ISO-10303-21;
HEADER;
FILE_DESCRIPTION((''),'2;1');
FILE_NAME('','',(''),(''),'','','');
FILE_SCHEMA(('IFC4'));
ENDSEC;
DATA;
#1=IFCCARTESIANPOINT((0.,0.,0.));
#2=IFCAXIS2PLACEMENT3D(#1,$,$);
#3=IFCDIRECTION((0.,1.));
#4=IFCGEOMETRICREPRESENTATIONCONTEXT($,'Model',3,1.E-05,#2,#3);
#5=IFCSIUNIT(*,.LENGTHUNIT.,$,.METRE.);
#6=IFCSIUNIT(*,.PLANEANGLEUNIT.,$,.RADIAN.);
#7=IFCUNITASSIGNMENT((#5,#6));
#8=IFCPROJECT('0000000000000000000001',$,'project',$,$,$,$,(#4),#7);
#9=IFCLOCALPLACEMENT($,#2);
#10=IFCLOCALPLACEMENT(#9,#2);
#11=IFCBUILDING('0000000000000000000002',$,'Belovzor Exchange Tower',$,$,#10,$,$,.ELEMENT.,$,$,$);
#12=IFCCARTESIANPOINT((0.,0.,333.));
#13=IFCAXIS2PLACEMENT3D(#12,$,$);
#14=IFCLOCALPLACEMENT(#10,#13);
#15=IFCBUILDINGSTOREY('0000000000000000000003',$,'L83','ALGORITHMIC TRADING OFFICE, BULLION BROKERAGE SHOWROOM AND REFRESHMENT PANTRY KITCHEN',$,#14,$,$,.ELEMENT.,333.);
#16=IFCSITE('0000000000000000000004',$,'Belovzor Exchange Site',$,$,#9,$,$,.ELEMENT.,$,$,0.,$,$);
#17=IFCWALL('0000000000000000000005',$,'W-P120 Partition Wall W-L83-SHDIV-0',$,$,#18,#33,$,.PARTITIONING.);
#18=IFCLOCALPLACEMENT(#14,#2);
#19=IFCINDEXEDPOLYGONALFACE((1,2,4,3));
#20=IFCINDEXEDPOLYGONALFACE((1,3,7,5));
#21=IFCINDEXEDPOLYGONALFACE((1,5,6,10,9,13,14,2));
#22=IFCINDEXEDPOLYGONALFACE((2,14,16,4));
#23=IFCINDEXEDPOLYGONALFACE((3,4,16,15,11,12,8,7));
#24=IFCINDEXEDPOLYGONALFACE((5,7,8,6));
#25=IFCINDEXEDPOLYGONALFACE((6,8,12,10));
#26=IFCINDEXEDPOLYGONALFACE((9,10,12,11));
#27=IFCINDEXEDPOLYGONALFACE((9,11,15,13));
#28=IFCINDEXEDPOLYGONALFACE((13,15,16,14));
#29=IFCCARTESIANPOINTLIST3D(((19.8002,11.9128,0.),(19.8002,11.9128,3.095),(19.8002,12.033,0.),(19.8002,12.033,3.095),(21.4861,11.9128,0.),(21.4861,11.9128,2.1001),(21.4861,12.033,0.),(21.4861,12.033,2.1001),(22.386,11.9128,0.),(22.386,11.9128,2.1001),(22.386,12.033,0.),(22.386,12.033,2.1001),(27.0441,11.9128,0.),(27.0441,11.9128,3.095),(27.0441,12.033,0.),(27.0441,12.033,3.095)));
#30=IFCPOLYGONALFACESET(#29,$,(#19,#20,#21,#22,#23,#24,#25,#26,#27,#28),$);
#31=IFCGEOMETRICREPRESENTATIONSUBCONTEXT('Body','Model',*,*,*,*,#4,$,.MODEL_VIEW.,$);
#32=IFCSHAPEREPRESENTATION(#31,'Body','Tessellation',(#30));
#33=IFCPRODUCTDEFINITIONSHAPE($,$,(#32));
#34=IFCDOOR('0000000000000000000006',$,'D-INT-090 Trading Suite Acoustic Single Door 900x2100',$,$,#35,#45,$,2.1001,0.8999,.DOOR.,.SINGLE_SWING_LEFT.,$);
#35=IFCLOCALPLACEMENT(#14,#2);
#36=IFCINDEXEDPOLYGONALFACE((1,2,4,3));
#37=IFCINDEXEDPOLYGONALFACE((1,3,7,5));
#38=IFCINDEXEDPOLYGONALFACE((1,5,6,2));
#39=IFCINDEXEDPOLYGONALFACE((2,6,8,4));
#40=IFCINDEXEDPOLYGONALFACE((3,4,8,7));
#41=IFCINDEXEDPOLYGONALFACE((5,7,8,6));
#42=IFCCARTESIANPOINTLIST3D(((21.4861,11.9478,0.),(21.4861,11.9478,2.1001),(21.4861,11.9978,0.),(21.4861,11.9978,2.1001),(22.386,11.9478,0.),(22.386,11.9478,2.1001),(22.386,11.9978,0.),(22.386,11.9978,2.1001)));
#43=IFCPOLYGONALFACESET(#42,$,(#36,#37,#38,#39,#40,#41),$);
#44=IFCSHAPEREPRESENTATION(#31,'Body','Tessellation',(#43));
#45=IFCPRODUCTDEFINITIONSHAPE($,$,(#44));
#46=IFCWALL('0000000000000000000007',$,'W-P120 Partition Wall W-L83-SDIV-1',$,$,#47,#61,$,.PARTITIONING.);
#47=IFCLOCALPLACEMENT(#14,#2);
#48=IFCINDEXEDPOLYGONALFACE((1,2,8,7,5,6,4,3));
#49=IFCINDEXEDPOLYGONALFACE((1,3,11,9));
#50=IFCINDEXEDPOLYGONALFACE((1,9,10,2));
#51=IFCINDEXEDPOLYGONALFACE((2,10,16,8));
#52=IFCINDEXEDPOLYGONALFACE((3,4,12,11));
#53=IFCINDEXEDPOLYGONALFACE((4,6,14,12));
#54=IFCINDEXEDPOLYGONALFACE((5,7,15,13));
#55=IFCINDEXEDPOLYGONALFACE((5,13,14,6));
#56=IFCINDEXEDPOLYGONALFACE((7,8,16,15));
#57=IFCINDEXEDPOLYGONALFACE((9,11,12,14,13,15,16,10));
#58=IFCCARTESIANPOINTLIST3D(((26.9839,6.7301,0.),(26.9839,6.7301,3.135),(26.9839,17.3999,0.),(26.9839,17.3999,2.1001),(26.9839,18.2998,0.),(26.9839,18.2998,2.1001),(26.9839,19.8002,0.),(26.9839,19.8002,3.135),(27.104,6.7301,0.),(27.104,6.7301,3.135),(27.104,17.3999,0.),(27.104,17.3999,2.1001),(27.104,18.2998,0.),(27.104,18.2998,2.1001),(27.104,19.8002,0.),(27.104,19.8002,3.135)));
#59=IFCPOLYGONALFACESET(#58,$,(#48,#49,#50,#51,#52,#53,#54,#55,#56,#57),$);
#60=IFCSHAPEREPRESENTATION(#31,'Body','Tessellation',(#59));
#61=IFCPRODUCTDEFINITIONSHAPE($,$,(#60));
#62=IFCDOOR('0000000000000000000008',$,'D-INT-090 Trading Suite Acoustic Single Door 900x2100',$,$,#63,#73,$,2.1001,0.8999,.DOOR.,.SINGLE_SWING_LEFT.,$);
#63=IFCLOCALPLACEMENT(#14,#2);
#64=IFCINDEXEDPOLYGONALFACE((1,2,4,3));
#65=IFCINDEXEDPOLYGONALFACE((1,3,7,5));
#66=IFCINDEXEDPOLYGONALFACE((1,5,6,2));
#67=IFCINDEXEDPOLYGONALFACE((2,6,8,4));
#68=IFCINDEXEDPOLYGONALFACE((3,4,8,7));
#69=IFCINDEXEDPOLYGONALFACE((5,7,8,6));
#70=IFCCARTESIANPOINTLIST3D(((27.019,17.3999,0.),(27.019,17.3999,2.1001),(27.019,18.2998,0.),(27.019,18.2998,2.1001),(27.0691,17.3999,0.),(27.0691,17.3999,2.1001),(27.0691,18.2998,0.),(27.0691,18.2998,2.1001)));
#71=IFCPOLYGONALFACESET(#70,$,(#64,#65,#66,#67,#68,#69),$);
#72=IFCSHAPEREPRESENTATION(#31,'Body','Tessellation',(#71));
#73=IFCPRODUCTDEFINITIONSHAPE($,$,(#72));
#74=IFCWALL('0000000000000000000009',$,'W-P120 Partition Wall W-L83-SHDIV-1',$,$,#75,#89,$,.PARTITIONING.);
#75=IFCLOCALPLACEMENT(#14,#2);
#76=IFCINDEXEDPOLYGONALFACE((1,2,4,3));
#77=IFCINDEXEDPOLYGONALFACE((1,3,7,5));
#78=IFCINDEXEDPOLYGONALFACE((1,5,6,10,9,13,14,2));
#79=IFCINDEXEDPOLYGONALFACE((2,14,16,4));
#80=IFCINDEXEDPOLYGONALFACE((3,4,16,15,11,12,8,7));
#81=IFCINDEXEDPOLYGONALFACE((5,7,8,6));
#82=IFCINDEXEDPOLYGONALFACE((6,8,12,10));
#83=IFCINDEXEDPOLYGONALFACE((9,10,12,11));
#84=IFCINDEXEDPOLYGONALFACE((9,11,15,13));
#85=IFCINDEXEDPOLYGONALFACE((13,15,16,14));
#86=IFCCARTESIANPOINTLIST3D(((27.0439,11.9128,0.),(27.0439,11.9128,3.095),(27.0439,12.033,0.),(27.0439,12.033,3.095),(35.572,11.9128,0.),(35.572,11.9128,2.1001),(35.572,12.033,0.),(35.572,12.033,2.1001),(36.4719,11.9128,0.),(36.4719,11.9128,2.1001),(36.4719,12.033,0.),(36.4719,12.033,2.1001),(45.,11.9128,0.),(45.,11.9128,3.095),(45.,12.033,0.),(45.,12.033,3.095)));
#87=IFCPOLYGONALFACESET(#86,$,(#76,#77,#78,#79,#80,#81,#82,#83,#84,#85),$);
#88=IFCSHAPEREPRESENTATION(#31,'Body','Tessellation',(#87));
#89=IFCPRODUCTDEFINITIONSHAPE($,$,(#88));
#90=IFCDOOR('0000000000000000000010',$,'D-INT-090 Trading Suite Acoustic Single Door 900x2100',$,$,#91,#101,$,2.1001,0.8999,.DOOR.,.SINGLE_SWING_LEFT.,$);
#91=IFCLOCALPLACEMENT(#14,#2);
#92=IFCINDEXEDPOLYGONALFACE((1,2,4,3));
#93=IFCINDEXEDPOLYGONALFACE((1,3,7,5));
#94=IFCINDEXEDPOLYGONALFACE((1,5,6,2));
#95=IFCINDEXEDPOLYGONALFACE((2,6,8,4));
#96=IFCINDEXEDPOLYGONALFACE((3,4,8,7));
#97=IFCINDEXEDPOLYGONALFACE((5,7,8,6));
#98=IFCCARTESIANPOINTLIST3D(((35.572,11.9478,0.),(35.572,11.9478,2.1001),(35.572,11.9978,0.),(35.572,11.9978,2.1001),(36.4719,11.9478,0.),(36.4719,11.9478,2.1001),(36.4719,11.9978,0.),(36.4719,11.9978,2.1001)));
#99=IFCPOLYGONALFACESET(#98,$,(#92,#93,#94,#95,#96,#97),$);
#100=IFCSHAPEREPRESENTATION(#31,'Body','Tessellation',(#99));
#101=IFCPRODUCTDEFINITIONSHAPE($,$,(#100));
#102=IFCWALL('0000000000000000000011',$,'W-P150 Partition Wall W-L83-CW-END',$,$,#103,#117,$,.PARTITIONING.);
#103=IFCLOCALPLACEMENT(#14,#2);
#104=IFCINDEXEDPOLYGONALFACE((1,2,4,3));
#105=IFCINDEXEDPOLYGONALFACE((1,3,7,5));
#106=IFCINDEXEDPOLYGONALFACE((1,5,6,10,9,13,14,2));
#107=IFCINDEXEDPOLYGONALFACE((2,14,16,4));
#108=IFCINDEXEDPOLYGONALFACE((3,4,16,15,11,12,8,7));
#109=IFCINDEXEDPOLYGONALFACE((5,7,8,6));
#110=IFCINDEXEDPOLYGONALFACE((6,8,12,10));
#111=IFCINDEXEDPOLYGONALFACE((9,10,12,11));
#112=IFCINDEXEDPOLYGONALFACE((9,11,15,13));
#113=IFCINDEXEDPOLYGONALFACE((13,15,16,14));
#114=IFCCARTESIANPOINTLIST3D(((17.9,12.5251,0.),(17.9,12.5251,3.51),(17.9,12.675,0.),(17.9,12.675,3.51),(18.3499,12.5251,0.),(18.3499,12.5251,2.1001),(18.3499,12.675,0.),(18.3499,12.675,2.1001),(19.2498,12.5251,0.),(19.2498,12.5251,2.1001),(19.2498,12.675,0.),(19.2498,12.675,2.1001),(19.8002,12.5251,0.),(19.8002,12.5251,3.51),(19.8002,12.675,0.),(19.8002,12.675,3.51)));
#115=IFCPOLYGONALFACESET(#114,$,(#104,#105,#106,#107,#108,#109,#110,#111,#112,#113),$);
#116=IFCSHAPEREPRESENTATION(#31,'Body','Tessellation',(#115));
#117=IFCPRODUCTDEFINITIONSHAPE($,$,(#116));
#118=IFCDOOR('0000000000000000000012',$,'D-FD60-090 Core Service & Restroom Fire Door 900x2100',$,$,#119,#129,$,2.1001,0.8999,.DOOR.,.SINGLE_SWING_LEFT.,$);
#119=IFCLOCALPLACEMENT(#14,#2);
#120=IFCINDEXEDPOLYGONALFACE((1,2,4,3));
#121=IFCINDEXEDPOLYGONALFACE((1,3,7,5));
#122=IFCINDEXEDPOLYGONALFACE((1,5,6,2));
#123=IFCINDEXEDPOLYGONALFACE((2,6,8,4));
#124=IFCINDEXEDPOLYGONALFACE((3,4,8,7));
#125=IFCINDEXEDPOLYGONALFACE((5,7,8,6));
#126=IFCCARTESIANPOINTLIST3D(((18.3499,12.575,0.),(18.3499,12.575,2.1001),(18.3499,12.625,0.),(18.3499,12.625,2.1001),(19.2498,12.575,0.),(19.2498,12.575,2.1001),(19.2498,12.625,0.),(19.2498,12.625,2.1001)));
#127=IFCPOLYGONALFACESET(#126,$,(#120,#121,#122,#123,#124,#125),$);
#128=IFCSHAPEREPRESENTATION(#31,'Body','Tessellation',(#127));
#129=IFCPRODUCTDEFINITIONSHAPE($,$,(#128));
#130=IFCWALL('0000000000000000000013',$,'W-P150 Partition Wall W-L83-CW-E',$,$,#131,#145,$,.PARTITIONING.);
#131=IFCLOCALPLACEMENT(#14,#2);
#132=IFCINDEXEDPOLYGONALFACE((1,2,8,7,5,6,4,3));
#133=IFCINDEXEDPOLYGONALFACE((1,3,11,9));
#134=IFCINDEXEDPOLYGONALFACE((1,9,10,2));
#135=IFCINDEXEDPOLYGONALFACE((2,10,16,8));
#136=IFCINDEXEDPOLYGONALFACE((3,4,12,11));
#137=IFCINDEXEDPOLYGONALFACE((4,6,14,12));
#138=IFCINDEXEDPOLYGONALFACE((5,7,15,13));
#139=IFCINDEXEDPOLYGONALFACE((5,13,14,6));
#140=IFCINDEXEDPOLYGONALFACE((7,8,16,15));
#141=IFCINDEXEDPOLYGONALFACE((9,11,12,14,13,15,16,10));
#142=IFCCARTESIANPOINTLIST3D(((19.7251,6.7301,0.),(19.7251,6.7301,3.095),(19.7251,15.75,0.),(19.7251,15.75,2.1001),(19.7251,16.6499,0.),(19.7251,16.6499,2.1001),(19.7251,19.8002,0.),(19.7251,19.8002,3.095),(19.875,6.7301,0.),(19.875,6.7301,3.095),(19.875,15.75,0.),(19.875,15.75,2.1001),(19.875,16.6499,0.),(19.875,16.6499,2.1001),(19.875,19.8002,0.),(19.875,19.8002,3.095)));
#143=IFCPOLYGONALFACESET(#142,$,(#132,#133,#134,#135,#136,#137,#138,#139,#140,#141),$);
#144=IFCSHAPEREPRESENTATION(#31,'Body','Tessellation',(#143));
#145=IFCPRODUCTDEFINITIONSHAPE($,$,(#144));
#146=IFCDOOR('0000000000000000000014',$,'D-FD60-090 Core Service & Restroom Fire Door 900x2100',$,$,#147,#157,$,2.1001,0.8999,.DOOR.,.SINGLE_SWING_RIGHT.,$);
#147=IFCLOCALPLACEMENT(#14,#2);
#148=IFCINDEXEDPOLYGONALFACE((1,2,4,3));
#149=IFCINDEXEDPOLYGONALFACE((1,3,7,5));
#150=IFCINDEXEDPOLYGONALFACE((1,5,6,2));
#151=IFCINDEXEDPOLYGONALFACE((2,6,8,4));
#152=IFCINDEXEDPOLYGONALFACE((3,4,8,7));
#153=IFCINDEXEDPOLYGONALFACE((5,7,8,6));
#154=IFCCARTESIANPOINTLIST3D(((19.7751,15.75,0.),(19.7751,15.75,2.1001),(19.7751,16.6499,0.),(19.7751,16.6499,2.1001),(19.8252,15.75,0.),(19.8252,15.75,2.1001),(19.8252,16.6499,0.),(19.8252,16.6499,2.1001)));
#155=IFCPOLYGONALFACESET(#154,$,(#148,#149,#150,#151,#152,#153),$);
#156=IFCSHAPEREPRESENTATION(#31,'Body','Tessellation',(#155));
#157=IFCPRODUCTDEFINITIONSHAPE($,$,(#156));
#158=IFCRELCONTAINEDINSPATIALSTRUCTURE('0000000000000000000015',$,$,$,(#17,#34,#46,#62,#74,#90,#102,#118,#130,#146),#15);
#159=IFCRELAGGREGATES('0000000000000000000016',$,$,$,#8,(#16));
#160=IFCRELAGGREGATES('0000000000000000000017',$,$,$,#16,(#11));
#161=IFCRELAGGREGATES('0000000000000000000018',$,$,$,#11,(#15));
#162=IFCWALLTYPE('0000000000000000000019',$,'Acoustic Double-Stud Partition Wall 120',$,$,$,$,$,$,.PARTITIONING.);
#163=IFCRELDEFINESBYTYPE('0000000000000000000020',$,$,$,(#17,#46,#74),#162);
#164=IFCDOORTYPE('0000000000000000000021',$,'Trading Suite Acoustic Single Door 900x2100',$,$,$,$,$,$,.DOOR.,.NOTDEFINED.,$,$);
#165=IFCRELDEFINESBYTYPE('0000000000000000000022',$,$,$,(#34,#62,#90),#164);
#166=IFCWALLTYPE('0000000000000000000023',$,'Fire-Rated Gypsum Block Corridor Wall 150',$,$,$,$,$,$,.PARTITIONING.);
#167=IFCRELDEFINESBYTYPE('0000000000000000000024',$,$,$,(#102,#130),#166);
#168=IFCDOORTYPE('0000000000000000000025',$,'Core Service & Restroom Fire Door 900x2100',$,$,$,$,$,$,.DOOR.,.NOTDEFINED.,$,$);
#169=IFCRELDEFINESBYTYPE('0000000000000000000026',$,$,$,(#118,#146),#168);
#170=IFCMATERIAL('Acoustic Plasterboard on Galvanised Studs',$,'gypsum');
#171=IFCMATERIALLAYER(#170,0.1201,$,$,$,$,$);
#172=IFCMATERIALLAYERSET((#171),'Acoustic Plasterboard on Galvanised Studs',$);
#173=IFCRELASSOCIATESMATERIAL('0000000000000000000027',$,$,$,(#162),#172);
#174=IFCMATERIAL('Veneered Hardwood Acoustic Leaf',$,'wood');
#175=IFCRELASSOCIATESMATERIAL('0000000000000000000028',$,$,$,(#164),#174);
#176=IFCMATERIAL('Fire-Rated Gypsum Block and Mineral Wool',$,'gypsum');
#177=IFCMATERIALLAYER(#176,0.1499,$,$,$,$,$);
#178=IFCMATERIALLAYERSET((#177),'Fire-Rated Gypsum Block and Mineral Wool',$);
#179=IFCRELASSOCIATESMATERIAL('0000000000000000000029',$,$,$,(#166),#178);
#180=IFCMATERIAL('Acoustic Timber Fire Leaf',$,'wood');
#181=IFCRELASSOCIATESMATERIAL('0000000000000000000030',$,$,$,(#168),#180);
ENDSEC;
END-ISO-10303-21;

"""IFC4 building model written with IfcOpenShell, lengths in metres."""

from ifc_helpers import new_model, si_unit, direction, frame, frame_2d, origin, place, context, subcontext, project, spatial, rectangle, extrude, material, layer, layer_set, type_object, element, fill, save


model = new_model("IFC4")

# Units and contexts
model_context = context("Model", 3, precision=1e-05, world=origin(), true_north=direction((0.0, 1.0)))
body_context = subcontext(model_context, "Body", "Model", "MODEL_VIEW")
ifc_project = project(units=[si_unit("LENGTHUNIT", "METRE"), si_unit("PLANEANGLEUNIT", "RADIAN")], contexts=[model_context])

# Site, building, storey
site_placement = place(None, origin())
site = spatial("IfcSite", under=ifc_project, at=site_placement, Name="Belovzor Exchange Site", CompositionType="ELEMENT", RefElevation=0.0)
building_placement = place(site_placement, origin())
building = spatial("IfcBuilding", under=site, at=building_placement, Name="Belovzor Exchange Tower", CompositionType="ELEMENT")
storey_placement = place(building_placement, frame((0.0, 0.0, 333.0)))
storey = spatial("IfcBuildingStorey", under=building, at=storey_placement, Name="L83", Description="ALGORITHMIC TRADING OFFICE, BULLION BROKERAGE SHOWROOM AND REFRESHMENT PANTRY KITCHEN", CompositionType="ELEMENT", Elevation=333.0)

# Walls, openings, doors
ifc_material_1 = material(Name="Acoustic Plasterboard on Galvanised Studs", Category="gypsum")
ifc_layer_1 = layer(ifc_material_1, 0.1201)
ifc_layer_set_1 = layer_set([ifc_layer_1], Name="Acoustic Plasterboard on Galvanised Studs")
wall_type_1 = type_object("IfcWallType", Name="Acoustic Double-Stud Partition Wall 120", PredefinedType="PARTITIONING", material=ifc_layer_set_1)
wall_1_placement = place(storey_placement, frame((19.8, 11.9729, 0.0), z_axis=(0.0, 0.0, 1.0), x_axis=(1.0, 0.0, 0.0)))
wall_1 = element("IfcWall", 1, at=wall_1_placement, inside=storey, type_object=wall_type_1, Name="W-P120 Partition Wall W-L83-SHDIV-0", PredefinedType="PARTITIONING", context=body_context, shape_type="SweptSolid", body=[
    extrude(rectangle(XDim=7.2439, YDim=0.1201, at=frame_2d((3.6221, 0.0))), origin(), (0.0, 0.0, 1.0), 3.095),
])
opening_1_placement = place(wall_1_placement, frame((1.686, 0.0, 0.0)))
opening_1 = element("IfcOpeningElement", 2, at=opening_1_placement, cuts=wall_1, PredefinedType="OPENING", context=body_context, shape_type="SweptSolid", body=[
    extrude(rectangle(XDim=0.8999, YDim=2.1001, at=frame_2d((0.45, 1.05))), frame((0.0, 0.0701, 0.0), z_axis=(0.0, -1.0, 0.0), x_axis=(1.0, 0.0, 0.0)), (0.0, 0.0, 1.0), 0.1401),
])
ifc_material_2 = material(Name="Veneered Hardwood Acoustic Leaf", Category="wood")
door_type_1 = type_object("IfcDoorType", Name="Trading Suite Acoustic Single Door 900x2100", OperationType="NOTDEFINED", PredefinedType="DOOR", material=ifc_material_2)
door_1_placement = place(opening_1_placement, origin())
door_1 = element("IfcDoor", 3, at=door_1_placement, inside=storey, type_object=door_type_1, Name="D-INT-090 Trading Suite Acoustic Single Door 900x2100", OperationType="SINGLE_SWING_LEFT", OverallHeight=2.1001, OverallWidth=0.8999, PredefinedType="DOOR", context=body_context, shape_type="SweptSolid", body=[
    extrude(rectangle(XDim=0.8999, YDim=2.1001, at=frame_2d((0.45, 1.05))), frame((0.0, 0.0249, 0.0), z_axis=(0.0, -1.0, 0.0), x_axis=(1.0, 0.0, 0.0)), (0.0, 0.0, 1.0), 0.05),
])
fill(opening_1, door_1)
wall_2_placement = place(storey_placement, frame((27.0439, 6.73, 0.0), z_axis=(0.0, 0.0, 1.0), x_axis=(0.0, 1.0, 0.0)))
wall_2 = element("IfcWall", 4, at=wall_2_placement, inside=storey, type_object=wall_type_1, Name="W-P120 Partition Wall W-L83-SDIV-1", PredefinedType="PARTITIONING", context=body_context, shape_type="SweptSolid", body=[
    extrude(rectangle(XDim=13.0701, YDim=0.1201, at=frame_2d((6.5352, 0.0))), origin(), (0.0, 0.0, 1.0), 3.135),
])
opening_2_placement = place(wall_2_placement, frame((10.6699, 0.0, 0.0)))
opening_2 = element("IfcOpeningElement", 5, at=opening_2_placement, cuts=wall_2, PredefinedType="OPENING", context=body_context, shape_type="SweptSolid", body=[
    extrude(rectangle(XDim=0.8999, YDim=2.1001, at=frame_2d((0.45, 1.05))), frame((0.0, 0.0701, 0.0), z_axis=(0.0, -1.0, 0.0), x_axis=(1.0, 0.0, 0.0)), (0.0, 0.0, 1.0), 0.1401),
])
door_2_placement = place(opening_2_placement, origin())
door_2 = element("IfcDoor", 6, at=door_2_placement, inside=storey, type_object=door_type_1, Name="D-INT-090 Trading Suite Acoustic Single Door 900x2100", OperationType="SINGLE_SWING_LEFT", OverallHeight=2.1001, OverallWidth=0.8999, PredefinedType="DOOR", context=body_context, shape_type="SweptSolid", body=[
    extrude(rectangle(XDim=0.8999, YDim=2.1001, at=frame_2d((0.45, 1.05))), frame((0.0, 0.0249, 0.0), z_axis=(0.0, -1.0, 0.0), x_axis=(1.0, 0.0, 0.0)), (0.0, 0.0, 1.0), 0.05),
])
fill(opening_2, door_2)
wall_3_placement = place(storey_placement, frame((27.0439, 11.9729, 0.0), z_axis=(0.0, 0.0, 1.0), x_axis=(1.0, 0.0, 0.0)))
wall_3 = element("IfcWall", 7, at=wall_3_placement, inside=storey, type_object=wall_type_1, Name="W-P120 Partition Wall W-L83-SHDIV-1", PredefinedType="PARTITIONING", context=body_context, shape_type="SweptSolid", body=[
    extrude(rectangle(XDim=17.9561, YDim=0.1201, at=frame_2d((8.978, 0.0))), origin(), (0.0, 0.0, 1.0), 3.095),
])
opening_3_placement = place(wall_3_placement, frame((8.5281, 0.0, 0.0)))
opening_3 = element("IfcOpeningElement", 8, at=opening_3_placement, cuts=wall_3, PredefinedType="OPENING", context=body_context, shape_type="SweptSolid", body=[
    extrude(rectangle(XDim=0.8999, YDim=2.1001, at=frame_2d((0.45, 1.05))), frame((0.0, 0.0701, 0.0), z_axis=(0.0, -1.0, 0.0), x_axis=(1.0, 0.0, 0.0)), (0.0, 0.0, 1.0), 0.1401),
])
door_3_placement = place(opening_3_placement, origin())
door_3 = element("IfcDoor", 9, at=door_3_placement, inside=storey, type_object=door_type_1, Name="D-INT-090 Trading Suite Acoustic Single Door 900x2100", OperationType="SINGLE_SWING_LEFT", OverallHeight=2.1001, OverallWidth=0.8999, PredefinedType="DOOR", context=body_context, shape_type="SweptSolid", body=[
    extrude(rectangle(XDim=0.8999, YDim=2.1001, at=frame_2d((0.45, 1.05))), frame((0.0, 0.0249, 0.0), z_axis=(0.0, -1.0, 0.0), x_axis=(1.0, 0.0, 0.0)), (0.0, 0.0, 1.0), 0.05),
])
fill(opening_3, door_3)
ifc_material_3 = material(Name="Fire-Rated Gypsum Block and Mineral Wool", Category="gypsum")
ifc_layer_2 = layer(ifc_material_3, 0.1499)
ifc_layer_set_2 = layer_set([ifc_layer_2], Name="Fire-Rated Gypsum Block and Mineral Wool")
wall_type_2 = type_object("IfcWallType", Name="Fire-Rated Gypsum Block Corridor Wall 150", PredefinedType="PARTITIONING", material=ifc_layer_set_2)
wall_4_placement = place(storey_placement, frame((17.8999, 12.6001, 0.0), z_axis=(0.0, 0.0, 1.0), x_axis=(1.0, 0.0, 0.0)))
wall_4 = element("IfcWall", 10, at=wall_4_placement, inside=storey, type_object=wall_type_2, Name="W-P150 Partition Wall W-L83-CW-END", PredefinedType="PARTITIONING", context=body_context, shape_type="SweptSolid", body=[
    extrude(rectangle(XDim=1.9001, YDim=0.1499, at=frame_2d((0.9502, 0.0))), origin(), (0.0, 0.0, 1.0), 3.51),
])
opening_4_placement = place(wall_4_placement, frame((0.45, 0.0, 0.0)))
opening_4 = element("IfcOpeningElement", 11, at=opening_4_placement, cuts=wall_4, PredefinedType="OPENING", context=body_context, shape_type="SweptSolid", body=[
    extrude(rectangle(XDim=0.8999, YDim=2.1001, at=frame_2d((0.45, 1.05))), frame((0.0, 0.085, 0.0), z_axis=(0.0, -1.0, 0.0), x_axis=(1.0, 0.0, 0.0)), (0.0, 0.0, 1.0), 0.1699),
])
ifc_material_4 = material(Name="Acoustic Timber Fire Leaf", Category="wood")
door_type_2 = type_object("IfcDoorType", Name="Core Service & Restroom Fire Door 900x2100", OperationType="NOTDEFINED", PredefinedType="DOOR", material=ifc_material_4)
door_4_placement = place(opening_4_placement, origin())
door_4 = element("IfcDoor", 12, at=door_4_placement, inside=storey, type_object=door_type_2, Name="D-FD60-090 Core Service & Restroom Fire Door 900x2100", OperationType="SINGLE_SWING_LEFT", OverallHeight=2.1001, OverallWidth=0.8999, PredefinedType="DOOR", context=body_context, shape_type="SweptSolid", body=[
    extrude(rectangle(XDim=0.8999, YDim=2.1001, at=frame_2d((0.45, 1.05))), frame((0.0, 0.0249, 0.0), z_axis=(0.0, -1.0, 0.0), x_axis=(1.0, 0.0, 0.0)), (0.0, 0.0, 1.0), 0.05),
])
fill(opening_4, door_4)
wall_5_placement = place(storey_placement, frame((19.8, 6.73, 0.0), z_axis=(0.0, 0.0, 1.0), x_axis=(0.0, 1.0, 0.0)))
wall_5 = element("IfcWall", 13, at=wall_5_placement, inside=storey, type_object=wall_type_2, Name="W-P150 Partition Wall W-L83-CW-E", PredefinedType="PARTITIONING", context=body_context, shape_type="SweptSolid", body=[
    extrude(rectangle(XDim=13.0701, YDim=0.1499, at=frame_2d((6.5352, 0.0))), origin(), (0.0, 0.0, 1.0), 3.095),
])
opening_5_placement = place(wall_5_placement, frame((9.02, 0.0, 0.0)))
opening_5 = element("IfcOpeningElement", 14, at=opening_5_placement, cuts=wall_5, PredefinedType="OPENING", context=body_context, shape_type="SweptSolid", body=[
    extrude(rectangle(XDim=0.8999, YDim=2.1001, at=frame_2d((0.45, 1.05))), frame((0.0, 0.085, 0.0), z_axis=(0.0, -1.0, 0.0), x_axis=(1.0, 0.0, 0.0)), (0.0, 0.0, 1.0), 0.1699),
])
door_5_placement = place(opening_5_placement, origin())
door_5 = element("IfcDoor", 15, at=door_5_placement, inside=storey, type_object=door_type_2, Name="D-FD60-090 Core Service & Restroom Fire Door 900x2100", OperationType="SINGLE_SWING_RIGHT", OverallHeight=2.1001, OverallWidth=0.8999, PredefinedType="DOOR", context=body_context, shape_type="SweptSolid", body=[
    extrude(rectangle(XDim=0.8999, YDim=2.1001, at=frame_2d((0.45, 1.05))), frame((0.0, 0.0249, 0.0), z_axis=(0.0, -1.0, 0.0), x_axis=(1.0, 0.0, 0.0)), (0.0, 0.0, 1.0), 0.05),
])
fill(opening_5, door_5)

save(model, "model.ifc")
